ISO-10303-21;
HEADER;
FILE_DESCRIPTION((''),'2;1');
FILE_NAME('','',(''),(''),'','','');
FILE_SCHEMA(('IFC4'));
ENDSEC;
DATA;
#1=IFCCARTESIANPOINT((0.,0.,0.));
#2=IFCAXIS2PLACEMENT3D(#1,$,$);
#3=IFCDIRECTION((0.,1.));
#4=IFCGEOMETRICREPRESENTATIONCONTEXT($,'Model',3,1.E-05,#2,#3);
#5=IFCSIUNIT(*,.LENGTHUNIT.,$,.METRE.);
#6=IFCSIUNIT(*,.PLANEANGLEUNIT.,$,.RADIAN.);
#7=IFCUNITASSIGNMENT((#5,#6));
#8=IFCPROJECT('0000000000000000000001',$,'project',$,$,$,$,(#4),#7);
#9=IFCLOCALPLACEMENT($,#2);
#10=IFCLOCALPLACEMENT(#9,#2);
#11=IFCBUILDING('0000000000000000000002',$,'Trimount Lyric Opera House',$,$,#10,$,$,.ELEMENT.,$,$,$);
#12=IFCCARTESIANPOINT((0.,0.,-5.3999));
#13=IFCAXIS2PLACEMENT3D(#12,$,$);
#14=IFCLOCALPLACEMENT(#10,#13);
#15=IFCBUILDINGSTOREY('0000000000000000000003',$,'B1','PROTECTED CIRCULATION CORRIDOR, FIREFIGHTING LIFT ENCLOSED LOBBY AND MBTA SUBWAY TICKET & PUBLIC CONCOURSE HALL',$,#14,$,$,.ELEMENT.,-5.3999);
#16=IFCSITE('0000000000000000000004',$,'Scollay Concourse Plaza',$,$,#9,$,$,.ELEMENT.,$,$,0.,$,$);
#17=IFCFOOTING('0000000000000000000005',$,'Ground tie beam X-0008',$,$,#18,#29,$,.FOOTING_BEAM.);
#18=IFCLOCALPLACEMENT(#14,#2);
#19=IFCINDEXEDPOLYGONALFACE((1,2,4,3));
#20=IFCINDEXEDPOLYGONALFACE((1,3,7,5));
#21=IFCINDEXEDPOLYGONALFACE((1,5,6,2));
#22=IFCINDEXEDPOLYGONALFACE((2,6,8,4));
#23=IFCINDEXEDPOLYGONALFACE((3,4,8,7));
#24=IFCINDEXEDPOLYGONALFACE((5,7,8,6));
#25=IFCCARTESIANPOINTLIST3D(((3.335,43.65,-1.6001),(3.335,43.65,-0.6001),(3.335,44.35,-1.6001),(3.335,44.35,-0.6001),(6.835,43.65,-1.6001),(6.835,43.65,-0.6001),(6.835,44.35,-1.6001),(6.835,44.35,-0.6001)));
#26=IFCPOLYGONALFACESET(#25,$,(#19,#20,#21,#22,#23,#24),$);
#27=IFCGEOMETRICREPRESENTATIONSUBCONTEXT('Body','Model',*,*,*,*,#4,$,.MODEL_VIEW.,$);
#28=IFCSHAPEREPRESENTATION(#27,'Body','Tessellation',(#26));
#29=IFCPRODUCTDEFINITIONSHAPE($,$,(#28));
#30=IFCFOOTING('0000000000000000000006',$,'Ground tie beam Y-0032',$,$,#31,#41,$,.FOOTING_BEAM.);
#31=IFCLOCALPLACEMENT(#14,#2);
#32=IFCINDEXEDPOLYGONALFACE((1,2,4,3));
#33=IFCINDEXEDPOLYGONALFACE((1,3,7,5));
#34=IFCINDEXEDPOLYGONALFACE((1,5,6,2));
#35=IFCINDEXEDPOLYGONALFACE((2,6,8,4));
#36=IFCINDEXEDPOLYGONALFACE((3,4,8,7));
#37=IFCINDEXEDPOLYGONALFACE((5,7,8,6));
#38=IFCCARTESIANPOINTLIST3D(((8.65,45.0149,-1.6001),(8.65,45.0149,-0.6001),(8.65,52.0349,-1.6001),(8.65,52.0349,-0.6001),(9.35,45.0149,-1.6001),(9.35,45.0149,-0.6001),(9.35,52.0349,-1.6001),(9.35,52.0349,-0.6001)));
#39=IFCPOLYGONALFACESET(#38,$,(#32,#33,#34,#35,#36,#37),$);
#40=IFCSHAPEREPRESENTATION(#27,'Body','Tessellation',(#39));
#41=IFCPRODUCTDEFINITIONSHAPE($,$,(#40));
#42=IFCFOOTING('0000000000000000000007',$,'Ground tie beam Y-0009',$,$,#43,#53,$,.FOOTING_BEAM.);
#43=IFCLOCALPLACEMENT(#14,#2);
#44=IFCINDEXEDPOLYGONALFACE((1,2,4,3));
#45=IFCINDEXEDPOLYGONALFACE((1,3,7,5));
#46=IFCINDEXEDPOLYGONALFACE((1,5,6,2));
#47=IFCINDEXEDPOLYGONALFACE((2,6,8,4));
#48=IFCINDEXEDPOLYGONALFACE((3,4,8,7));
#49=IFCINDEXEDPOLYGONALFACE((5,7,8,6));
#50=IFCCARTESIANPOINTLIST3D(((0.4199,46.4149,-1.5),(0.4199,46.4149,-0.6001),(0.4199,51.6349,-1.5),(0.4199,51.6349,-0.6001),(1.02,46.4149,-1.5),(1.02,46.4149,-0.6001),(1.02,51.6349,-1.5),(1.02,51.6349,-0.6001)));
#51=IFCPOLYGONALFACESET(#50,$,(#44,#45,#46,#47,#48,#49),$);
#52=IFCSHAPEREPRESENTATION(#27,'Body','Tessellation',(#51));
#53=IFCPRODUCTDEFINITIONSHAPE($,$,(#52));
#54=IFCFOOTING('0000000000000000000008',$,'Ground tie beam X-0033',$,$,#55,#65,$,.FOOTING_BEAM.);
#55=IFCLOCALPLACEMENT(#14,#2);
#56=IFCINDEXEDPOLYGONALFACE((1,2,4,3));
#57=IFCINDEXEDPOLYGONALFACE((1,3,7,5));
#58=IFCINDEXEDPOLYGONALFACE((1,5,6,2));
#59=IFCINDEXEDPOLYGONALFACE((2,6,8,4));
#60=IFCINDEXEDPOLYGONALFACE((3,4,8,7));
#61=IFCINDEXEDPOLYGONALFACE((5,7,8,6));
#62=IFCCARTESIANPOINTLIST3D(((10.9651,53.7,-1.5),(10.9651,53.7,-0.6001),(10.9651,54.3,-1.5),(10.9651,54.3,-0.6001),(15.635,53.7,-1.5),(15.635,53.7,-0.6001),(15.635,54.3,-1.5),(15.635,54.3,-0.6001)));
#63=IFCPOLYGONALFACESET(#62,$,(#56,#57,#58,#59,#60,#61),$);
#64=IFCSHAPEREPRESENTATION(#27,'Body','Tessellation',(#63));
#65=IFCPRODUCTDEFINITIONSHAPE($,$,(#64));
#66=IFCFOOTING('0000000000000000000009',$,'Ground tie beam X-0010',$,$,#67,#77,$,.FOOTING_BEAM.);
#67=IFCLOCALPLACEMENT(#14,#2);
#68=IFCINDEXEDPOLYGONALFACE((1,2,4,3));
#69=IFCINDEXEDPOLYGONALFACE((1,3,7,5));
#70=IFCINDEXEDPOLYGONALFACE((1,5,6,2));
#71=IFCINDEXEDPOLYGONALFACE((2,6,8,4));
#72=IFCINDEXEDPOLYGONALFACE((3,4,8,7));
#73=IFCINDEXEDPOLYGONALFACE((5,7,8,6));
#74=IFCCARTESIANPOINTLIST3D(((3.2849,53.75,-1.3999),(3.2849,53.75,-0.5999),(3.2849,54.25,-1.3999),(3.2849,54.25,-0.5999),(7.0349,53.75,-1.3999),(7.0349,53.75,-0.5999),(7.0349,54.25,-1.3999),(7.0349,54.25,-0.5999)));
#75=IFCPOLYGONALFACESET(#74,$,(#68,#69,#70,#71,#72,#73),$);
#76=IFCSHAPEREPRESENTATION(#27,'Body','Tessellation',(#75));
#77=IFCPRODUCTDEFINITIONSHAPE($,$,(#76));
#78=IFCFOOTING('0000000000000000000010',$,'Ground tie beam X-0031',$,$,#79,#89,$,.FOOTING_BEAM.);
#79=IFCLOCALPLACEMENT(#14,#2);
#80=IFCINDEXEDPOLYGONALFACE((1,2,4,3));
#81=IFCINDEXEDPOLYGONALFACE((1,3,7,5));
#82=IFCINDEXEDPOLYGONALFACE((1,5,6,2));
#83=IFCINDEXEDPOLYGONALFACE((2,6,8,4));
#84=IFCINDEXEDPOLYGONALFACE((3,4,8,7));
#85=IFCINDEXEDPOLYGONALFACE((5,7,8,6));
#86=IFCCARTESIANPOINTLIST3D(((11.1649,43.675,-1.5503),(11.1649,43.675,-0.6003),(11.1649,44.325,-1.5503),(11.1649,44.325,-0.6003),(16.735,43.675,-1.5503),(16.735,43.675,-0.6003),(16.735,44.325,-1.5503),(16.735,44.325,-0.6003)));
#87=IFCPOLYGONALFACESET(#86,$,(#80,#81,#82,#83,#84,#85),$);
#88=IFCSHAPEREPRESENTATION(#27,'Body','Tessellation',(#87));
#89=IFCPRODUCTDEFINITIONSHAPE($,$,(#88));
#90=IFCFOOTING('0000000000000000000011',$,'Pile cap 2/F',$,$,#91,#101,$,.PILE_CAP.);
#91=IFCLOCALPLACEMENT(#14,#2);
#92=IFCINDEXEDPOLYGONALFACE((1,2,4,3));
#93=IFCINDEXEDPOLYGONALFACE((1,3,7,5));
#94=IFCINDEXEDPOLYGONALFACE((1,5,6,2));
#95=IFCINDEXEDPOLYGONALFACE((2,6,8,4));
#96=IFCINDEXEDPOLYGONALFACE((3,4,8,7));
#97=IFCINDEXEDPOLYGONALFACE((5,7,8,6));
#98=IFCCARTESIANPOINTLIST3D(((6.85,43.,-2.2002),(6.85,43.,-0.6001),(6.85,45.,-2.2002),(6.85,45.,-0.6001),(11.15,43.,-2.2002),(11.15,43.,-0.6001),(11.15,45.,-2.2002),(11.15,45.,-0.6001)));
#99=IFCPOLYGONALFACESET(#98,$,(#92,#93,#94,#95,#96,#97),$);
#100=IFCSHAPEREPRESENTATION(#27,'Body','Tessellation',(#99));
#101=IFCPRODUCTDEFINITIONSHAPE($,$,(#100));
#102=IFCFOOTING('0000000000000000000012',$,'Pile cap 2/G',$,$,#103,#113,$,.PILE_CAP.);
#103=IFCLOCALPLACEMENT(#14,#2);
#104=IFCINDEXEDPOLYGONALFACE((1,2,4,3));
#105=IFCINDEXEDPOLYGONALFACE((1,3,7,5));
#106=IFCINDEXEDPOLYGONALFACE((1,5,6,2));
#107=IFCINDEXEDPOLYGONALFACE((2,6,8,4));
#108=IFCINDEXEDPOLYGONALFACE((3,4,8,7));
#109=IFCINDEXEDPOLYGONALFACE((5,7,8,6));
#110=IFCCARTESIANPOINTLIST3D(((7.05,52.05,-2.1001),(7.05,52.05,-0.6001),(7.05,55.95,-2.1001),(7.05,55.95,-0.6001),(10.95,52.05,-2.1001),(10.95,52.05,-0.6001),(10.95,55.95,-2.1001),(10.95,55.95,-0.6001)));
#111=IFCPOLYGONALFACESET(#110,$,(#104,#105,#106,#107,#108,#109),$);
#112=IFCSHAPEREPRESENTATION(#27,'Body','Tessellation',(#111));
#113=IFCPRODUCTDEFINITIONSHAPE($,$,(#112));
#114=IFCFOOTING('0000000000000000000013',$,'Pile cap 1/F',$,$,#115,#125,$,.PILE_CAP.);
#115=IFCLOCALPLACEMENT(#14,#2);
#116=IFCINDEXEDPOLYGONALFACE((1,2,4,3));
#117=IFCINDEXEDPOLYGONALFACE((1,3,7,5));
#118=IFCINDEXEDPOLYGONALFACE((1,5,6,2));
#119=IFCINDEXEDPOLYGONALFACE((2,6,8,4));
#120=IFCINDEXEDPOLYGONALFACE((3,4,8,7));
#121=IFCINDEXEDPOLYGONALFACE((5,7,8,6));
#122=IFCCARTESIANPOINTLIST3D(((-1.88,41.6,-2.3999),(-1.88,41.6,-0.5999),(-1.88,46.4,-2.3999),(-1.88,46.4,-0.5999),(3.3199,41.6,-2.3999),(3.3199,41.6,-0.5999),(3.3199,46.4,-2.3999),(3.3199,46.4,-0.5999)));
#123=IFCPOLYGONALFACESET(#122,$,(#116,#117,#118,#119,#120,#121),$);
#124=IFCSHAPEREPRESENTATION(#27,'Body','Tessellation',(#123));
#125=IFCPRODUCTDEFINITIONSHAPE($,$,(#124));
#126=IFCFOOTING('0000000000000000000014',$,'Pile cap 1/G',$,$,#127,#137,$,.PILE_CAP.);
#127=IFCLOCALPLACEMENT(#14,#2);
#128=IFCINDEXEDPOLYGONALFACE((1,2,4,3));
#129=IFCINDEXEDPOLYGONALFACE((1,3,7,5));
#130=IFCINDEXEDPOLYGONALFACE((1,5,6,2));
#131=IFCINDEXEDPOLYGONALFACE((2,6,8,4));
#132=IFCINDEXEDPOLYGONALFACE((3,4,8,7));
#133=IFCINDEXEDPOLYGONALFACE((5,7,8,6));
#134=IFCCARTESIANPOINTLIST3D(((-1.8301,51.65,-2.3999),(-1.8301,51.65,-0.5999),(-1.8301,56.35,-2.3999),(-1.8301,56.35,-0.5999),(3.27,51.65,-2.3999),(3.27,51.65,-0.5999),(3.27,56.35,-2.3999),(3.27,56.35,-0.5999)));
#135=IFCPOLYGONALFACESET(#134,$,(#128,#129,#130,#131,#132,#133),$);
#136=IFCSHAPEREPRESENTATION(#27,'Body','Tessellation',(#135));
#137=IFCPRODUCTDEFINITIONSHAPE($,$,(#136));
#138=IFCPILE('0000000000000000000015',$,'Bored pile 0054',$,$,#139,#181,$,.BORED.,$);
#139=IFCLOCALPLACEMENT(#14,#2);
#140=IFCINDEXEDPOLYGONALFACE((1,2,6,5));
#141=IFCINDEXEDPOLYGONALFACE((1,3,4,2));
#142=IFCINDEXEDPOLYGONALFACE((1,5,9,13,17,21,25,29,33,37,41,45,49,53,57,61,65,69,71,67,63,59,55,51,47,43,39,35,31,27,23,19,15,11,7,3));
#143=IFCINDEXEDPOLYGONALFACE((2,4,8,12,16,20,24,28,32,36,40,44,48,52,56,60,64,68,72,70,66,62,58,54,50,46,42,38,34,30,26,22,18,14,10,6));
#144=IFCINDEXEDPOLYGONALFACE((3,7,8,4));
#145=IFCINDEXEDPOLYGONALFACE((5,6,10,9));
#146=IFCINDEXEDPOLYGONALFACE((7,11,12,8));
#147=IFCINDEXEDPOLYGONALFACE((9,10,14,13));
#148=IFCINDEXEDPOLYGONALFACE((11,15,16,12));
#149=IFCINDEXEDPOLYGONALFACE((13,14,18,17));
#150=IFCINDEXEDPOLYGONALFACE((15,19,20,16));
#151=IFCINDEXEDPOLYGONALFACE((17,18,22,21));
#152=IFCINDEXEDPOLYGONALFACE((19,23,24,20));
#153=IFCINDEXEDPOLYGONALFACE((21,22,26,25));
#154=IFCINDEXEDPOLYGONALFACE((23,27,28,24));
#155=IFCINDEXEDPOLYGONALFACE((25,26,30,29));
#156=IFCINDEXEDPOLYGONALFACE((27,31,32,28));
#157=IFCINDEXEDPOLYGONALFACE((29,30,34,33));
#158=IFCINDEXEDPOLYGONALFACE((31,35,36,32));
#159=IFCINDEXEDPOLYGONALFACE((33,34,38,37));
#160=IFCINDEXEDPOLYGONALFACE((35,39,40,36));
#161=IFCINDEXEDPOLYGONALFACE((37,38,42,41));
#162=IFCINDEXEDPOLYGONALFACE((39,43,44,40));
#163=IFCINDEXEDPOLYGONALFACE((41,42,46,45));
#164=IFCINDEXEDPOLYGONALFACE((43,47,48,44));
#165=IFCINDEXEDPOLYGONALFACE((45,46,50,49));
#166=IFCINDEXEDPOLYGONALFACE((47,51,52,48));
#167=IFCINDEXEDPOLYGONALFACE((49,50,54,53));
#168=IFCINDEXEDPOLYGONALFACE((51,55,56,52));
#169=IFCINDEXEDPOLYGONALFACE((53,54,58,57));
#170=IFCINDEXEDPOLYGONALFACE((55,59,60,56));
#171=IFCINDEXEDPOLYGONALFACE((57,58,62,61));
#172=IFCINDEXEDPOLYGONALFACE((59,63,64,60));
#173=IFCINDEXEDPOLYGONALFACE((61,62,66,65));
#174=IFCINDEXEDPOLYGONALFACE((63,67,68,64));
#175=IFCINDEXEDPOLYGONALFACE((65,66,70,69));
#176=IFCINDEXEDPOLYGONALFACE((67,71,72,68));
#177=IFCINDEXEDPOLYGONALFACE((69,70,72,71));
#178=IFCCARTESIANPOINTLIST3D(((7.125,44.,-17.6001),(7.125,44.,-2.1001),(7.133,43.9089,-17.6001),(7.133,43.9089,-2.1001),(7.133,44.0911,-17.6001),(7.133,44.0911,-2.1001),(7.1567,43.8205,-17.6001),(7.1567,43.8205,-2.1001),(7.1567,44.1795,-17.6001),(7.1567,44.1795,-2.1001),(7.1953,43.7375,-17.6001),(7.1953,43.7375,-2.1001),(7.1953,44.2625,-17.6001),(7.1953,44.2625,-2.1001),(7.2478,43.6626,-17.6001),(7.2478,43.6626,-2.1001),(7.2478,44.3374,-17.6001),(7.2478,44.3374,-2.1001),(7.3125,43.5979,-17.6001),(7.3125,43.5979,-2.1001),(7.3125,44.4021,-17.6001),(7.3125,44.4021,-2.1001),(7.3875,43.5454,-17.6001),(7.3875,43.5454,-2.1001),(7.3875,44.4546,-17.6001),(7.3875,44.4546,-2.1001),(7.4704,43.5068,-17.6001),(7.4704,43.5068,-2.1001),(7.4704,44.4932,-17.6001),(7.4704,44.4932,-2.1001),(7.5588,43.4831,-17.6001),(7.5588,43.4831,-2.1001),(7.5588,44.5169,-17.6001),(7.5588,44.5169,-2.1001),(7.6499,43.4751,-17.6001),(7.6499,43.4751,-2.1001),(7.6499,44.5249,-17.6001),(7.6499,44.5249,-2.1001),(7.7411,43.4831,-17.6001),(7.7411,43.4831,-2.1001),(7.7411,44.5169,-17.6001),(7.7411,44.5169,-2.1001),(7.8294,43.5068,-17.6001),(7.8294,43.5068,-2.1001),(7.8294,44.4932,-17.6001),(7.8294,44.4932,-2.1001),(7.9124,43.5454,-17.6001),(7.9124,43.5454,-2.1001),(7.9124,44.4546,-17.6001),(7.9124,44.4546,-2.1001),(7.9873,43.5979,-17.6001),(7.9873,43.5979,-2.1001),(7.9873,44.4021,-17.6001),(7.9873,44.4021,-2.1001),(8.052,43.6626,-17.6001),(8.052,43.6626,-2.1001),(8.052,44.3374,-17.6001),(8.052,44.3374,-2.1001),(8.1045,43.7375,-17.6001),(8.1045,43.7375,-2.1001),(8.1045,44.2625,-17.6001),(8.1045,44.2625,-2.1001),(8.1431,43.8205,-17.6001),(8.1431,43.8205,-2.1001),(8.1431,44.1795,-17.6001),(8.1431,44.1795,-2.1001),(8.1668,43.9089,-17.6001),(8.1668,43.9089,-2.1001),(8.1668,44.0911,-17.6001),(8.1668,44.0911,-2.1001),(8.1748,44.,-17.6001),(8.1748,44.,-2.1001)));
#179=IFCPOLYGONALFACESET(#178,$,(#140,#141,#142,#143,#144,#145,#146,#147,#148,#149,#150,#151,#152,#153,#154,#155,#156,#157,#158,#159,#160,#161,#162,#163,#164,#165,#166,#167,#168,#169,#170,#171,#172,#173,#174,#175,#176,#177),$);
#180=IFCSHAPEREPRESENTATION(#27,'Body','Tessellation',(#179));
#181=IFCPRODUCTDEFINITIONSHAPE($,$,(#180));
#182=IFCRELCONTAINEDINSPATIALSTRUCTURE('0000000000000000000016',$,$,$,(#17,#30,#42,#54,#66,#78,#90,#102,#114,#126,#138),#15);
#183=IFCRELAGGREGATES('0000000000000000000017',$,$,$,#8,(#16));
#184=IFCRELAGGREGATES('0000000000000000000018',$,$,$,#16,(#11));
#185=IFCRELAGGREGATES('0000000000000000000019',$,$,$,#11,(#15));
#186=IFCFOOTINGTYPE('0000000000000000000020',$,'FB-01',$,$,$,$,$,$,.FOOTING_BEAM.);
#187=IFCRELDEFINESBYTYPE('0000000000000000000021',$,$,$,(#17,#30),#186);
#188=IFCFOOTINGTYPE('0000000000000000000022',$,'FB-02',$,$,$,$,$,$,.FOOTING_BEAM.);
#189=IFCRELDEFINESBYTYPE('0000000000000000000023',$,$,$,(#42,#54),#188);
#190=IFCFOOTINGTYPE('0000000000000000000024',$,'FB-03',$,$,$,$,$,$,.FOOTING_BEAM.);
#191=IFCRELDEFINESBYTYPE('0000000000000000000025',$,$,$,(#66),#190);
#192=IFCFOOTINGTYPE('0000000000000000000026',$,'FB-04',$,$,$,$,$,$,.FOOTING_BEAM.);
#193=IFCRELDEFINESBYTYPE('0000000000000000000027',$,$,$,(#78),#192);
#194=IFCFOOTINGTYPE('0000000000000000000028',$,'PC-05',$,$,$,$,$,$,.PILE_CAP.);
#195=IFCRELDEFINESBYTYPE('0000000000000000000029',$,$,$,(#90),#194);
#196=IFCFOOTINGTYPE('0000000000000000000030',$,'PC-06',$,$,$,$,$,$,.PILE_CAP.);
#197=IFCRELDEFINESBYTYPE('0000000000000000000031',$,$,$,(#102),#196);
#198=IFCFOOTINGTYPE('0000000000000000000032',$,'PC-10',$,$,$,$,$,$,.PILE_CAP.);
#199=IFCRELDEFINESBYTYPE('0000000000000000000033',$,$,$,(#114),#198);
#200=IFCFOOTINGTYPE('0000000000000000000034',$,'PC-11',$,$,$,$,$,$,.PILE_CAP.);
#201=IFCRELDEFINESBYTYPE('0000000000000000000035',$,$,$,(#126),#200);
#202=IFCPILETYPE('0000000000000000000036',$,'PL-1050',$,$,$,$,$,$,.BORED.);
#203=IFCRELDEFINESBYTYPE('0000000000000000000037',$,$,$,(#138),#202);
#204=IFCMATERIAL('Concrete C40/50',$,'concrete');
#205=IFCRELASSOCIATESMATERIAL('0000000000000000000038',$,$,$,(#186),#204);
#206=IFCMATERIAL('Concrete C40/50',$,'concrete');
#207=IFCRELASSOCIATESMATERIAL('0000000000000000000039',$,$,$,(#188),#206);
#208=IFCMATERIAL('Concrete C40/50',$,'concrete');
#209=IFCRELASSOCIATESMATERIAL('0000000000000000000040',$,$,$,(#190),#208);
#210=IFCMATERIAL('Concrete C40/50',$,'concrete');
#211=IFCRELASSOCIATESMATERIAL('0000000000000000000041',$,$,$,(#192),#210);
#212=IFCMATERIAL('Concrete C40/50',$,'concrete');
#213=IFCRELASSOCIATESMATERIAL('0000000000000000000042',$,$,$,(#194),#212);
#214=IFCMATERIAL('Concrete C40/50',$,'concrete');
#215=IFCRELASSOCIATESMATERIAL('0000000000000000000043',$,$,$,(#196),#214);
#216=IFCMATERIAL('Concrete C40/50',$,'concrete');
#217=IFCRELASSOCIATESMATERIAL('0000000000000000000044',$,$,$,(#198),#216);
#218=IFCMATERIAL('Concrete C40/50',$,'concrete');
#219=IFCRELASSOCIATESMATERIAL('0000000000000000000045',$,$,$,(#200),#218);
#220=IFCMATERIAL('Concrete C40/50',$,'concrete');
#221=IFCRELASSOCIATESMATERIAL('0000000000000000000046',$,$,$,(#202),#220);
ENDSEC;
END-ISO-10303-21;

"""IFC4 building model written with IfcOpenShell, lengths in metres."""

from ifc_helpers import new_model, si_unit, direction, frame, origin, origin_2d, place, context, subcontext, project, spatial, rectangle, circle, extrude, material, material_profile, profile_set, type_object, element, save


model = new_model("IFC4")

# Units and contexts
model_context = context("Model", 3, precision=1e-05, world=origin(), true_north=direction((0.0, 1.0)))
body_context = subcontext(model_context, "Body", "Model", "MODEL_VIEW")
ifc_project = project(units=[si_unit("LENGTHUNIT", "METRE"), si_unit("PLANEANGLEUNIT", "RADIAN")], contexts=[model_context])

# Site, building, storey
site_placement = place(None, origin())
site = spatial("IfcSite", under=ifc_project, at=site_placement, Name="Scollay Concourse Plaza", CompositionType="ELEMENT", RefElevation=0.0)
building_placement = place(site_placement, origin())
building = spatial("IfcBuilding", under=site, at=building_placement, Name="Trimount Lyric Opera House", CompositionType="ELEMENT")
storey_placement = place(building_placement, frame((0.0, 0.0, -5.3999)))
storey = spatial("IfcBuildingStorey", under=building, at=storey_placement, Name="B1", Description="PROTECTED CIRCULATION CORRIDOR, FIREFIGHTING LIFT ENCLOSED LOBBY AND MBTA SUBWAY TICKET & PUBLIC CONCOURSE HALL", CompositionType="ELEMENT", Elevation=-5.3999)

# Footings
ifc_material_1 = material(Name="Concrete C40/50", Category="concrete")
footing_type_1 = type_object("IfcFootingType", Name="FB-01", PredefinedType="FOOTING_BEAM", material=ifc_material_1)
footing_1_placement = place(storey_placement, frame((5.085, 44.0, -1.6001), z_axis=(0.0, 0.0, 1.0), x_axis=(1.0, 0.0, 0.0)))
element("IfcFooting", 1, at=footing_1_placement, inside=storey, type_object=footing_type_1, Name="Ground tie beam X-0008", PredefinedType="FOOTING_BEAM", context=body_context, shape_type="SweptSolid", body=[
    extrude(rectangle(XDim=3.5, YDim=0.7, at=origin_2d()), origin(), (0.0, 0.0, 1.0), 1.0),
])
footing_2_placement = place(storey_placement, frame((9.0, 48.5249, -1.6001), z_axis=(0.0, 0.0, 1.0), x_axis=(1.0, 0.0, 0.0)))
element("IfcFooting", 2, at=footing_2_placement, inside=storey, type_object=footing_type_1, Name="Ground tie beam Y-0032", PredefinedType="FOOTING_BEAM", context=body_context, shape_type="SweptSolid", body=[
    extrude(rectangle(XDim=0.7, YDim=7.02, at=origin_2d()), origin(), (0.0, 0.0, 1.0), 1.0),
])
ifc_material_2 = material(Name="Concrete C40/50", Category="concrete")
footing_type_2 = type_object("IfcFootingType", Name="FB-02", PredefinedType="FOOTING_BEAM", material=ifc_material_2)
footing_3_placement = place(storey_placement, frame((0.72, 49.0249, -1.5), z_axis=(0.0, 0.0, 1.0), x_axis=(1.0, 0.0, 0.0)))
element("IfcFooting", 3, at=footing_3_placement, inside=storey, type_object=footing_type_2, Name="Ground tie beam Y-0009", PredefinedType="FOOTING_BEAM", context=body_context, shape_type="SweptSolid", body=[
    extrude(rectangle(XDim=0.6001, YDim=5.22, at=origin_2d()), origin(), (0.0, 0.0, 1.0), 0.8999),
])
footing_4_placement = place(storey_placement, frame((13.3, 54.0, -1.5), z_axis=(0.0, 0.0, 1.0), x_axis=(1.0, 0.0, 0.0)))
element("IfcFooting", 4, at=footing_4_placement, inside=storey, type_object=footing_type_2, Name="Ground tie beam X-0033", PredefinedType="FOOTING_BEAM", context=body_context, shape_type="SweptSolid", body=[
    extrude(rectangle(XDim=4.6699, YDim=0.6001, at=origin_2d()), origin(), (0.0, 0.0, 1.0), 0.8999),
])
ifc_material_3 = material(Name="Concrete C40/50", Category="concrete")
footing_type_3 = type_object("IfcFootingType", Name="FB-03", PredefinedType="FOOTING_BEAM", material=ifc_material_3)
footing_5_placement = place(storey_placement, frame((5.1599, 54.0, -1.3999), z_axis=(0.0, 0.0, 1.0), x_axis=(1.0, 0.0, 0.0)))
element("IfcFooting", 5, at=footing_5_placement, inside=storey, type_object=footing_type_3, Name="Ground tie beam X-0010", PredefinedType="FOOTING_BEAM", context=body_context, shape_type="SweptSolid", body=[
    extrude(rectangle(XDim=3.75, YDim=0.5, at=origin_2d()), origin(), (0.0, 0.0, 1.0), 0.8),
])
ifc_material_4 = material(Name="Concrete C40/50", Category="concrete")
footing_type_4 = type_object("IfcFootingType", Name="FB-04", PredefinedType="FOOTING_BEAM", material=ifc_material_4)
footing_6_placement = place(storey_placement, frame((13.95, 44.0, -1.5503), z_axis=(0.0, 0.0, 1.0), x_axis=(1.0, 0.0, 0.0)))
element("IfcFooting", 6, at=footing_6_placement, inside=storey, type_object=footing_type_4, Name="Ground tie beam X-0031", PredefinedType="FOOTING_BEAM", context=body_context, shape_type="SweptSolid", body=[
    extrude(rectangle(XDim=5.5701, YDim=0.6499, at=origin_2d()), origin(), (0.0, 0.0, 1.0), 0.95),
])
ifc_material_5 = material(Name="Concrete C40/50", Category="concrete")
footing_type_5 = type_object("IfcFootingType", Name="PC-05", PredefinedType="PILE_CAP", material=ifc_material_5)
footing_7_placement = place(storey_placement, frame((9.0, 44.0, -2.2002), z_axis=(0.0, 0.0, 1.0), x_axis=(1.0, 0.0, 0.0)))
element("IfcFooting", 7, at=footing_7_placement, inside=storey, type_object=footing_type_5, Name="Pile cap 2/F", PredefinedType="PILE_CAP", context=body_context, shape_type="SweptSolid", body=[
    extrude(rectangle(XDim=4.3, YDim=2.0, at=origin_2d()), origin(), (0.0, 0.0, 1.0), 1.6001),
])
ifc_material_6 = material(Name="Concrete C40/50", Category="concrete")
footing_type_6 = type_object("IfcFootingType", Name="PC-06", PredefinedType="PILE_CAP", material=ifc_material_6)
footing_8_placement = place(storey_placement, frame((9.0, 54.0, -2.1001), z_axis=(0.0, 0.0, 1.0), x_axis=(1.0, 0.0, 0.0)))
element("IfcFooting", 8, at=footing_8_placement, inside=storey, type_object=footing_type_6, Name="Pile cap 2/G", PredefinedType="PILE_CAP", context=body_context, shape_type="SweptSolid", body=[
    extrude(rectangle(XDim=3.8999, YDim=3.8999, at=origin_2d()), origin(), (0.0, 0.0, 1.0), 1.5),
])
ifc_material_7 = material(Name="Concrete C40/50", Category="concrete")
footing_type_7 = type_object("IfcFootingType", Name="PC-10", PredefinedType="PILE_CAP", material=ifc_material_7)
footing_9_placement = place(storey_placement, frame((0.72, 44.0, -2.3999), z_axis=(0.0, 0.0, 1.0), x_axis=(1.0, 0.0, 0.0)))
element("IfcFooting", 9, at=footing_9_placement, inside=storey, type_object=footing_type_7, Name="Pile cap 1/F", PredefinedType="PILE_CAP", context=body_context, shape_type="SweptSolid", body=[
    extrude(rectangle(XDim=5.2, YDim=4.8, at=origin_2d()), origin(), (0.0, 0.0, 1.0), 1.8),
])
ifc_material_8 = material(Name="Concrete C40/50", Category="concrete")
footing_type_8 = type_object("IfcFootingType", Name="PC-11", PredefinedType="PILE_CAP", material=ifc_material_8)
footing_10_placement = place(storey_placement, frame((0.72, 54.0, -2.3999), z_axis=(0.0, 0.0, 1.0), x_axis=(1.0, 0.0, 0.0)))
element("IfcFooting", 10, at=footing_10_placement, inside=storey, type_object=footing_type_8, Name="Pile cap 1/G", PredefinedType="PILE_CAP", context=body_context, shape_type="SweptSolid", body=[
    extrude(rectangle(XDim=5.1001, YDim=4.7, at=origin_2d()), origin(), (0.0, 0.0, 1.0), 1.8),
])

# Pile
ifc_material_9 = material(Name="Concrete C40/50", Category="concrete")
ifc_material_profile_1 = material_profile(ifc_material_9, circle(Radius=0.5249, at=origin_2d()), Name="PILE-D1050")
ifc_profile_set_1 = profile_set([ifc_material_profile_1], Name="Concrete C40/50")
pile_type_1 = type_object("IfcPileType", Name="PL-1050", PredefinedType="BORED", material=ifc_profile_set_1)
for number, where, z_axis, x_axis, name in (
    (11, (7.6499, 44.0, -2.1001), (0.0, 0.0, -1.0), (1.0, 0.0, 0.0), "Bored pile 0054"),
):
    element("IfcPile", number, at=place(storey_placement, frame(where, z_axis=z_axis, x_axis=x_axis)), inside=storey, type_object=pile_type_1, Name=name, PredefinedType="BORED", context=body_context, shape_type="SweptSolid", body=[
        extrude(circle(Radius=0.5249, at=origin_2d()), origin(), (0.0, 0.0, 1.0), 15.5),
    ])

save(model, "model.ifc")
